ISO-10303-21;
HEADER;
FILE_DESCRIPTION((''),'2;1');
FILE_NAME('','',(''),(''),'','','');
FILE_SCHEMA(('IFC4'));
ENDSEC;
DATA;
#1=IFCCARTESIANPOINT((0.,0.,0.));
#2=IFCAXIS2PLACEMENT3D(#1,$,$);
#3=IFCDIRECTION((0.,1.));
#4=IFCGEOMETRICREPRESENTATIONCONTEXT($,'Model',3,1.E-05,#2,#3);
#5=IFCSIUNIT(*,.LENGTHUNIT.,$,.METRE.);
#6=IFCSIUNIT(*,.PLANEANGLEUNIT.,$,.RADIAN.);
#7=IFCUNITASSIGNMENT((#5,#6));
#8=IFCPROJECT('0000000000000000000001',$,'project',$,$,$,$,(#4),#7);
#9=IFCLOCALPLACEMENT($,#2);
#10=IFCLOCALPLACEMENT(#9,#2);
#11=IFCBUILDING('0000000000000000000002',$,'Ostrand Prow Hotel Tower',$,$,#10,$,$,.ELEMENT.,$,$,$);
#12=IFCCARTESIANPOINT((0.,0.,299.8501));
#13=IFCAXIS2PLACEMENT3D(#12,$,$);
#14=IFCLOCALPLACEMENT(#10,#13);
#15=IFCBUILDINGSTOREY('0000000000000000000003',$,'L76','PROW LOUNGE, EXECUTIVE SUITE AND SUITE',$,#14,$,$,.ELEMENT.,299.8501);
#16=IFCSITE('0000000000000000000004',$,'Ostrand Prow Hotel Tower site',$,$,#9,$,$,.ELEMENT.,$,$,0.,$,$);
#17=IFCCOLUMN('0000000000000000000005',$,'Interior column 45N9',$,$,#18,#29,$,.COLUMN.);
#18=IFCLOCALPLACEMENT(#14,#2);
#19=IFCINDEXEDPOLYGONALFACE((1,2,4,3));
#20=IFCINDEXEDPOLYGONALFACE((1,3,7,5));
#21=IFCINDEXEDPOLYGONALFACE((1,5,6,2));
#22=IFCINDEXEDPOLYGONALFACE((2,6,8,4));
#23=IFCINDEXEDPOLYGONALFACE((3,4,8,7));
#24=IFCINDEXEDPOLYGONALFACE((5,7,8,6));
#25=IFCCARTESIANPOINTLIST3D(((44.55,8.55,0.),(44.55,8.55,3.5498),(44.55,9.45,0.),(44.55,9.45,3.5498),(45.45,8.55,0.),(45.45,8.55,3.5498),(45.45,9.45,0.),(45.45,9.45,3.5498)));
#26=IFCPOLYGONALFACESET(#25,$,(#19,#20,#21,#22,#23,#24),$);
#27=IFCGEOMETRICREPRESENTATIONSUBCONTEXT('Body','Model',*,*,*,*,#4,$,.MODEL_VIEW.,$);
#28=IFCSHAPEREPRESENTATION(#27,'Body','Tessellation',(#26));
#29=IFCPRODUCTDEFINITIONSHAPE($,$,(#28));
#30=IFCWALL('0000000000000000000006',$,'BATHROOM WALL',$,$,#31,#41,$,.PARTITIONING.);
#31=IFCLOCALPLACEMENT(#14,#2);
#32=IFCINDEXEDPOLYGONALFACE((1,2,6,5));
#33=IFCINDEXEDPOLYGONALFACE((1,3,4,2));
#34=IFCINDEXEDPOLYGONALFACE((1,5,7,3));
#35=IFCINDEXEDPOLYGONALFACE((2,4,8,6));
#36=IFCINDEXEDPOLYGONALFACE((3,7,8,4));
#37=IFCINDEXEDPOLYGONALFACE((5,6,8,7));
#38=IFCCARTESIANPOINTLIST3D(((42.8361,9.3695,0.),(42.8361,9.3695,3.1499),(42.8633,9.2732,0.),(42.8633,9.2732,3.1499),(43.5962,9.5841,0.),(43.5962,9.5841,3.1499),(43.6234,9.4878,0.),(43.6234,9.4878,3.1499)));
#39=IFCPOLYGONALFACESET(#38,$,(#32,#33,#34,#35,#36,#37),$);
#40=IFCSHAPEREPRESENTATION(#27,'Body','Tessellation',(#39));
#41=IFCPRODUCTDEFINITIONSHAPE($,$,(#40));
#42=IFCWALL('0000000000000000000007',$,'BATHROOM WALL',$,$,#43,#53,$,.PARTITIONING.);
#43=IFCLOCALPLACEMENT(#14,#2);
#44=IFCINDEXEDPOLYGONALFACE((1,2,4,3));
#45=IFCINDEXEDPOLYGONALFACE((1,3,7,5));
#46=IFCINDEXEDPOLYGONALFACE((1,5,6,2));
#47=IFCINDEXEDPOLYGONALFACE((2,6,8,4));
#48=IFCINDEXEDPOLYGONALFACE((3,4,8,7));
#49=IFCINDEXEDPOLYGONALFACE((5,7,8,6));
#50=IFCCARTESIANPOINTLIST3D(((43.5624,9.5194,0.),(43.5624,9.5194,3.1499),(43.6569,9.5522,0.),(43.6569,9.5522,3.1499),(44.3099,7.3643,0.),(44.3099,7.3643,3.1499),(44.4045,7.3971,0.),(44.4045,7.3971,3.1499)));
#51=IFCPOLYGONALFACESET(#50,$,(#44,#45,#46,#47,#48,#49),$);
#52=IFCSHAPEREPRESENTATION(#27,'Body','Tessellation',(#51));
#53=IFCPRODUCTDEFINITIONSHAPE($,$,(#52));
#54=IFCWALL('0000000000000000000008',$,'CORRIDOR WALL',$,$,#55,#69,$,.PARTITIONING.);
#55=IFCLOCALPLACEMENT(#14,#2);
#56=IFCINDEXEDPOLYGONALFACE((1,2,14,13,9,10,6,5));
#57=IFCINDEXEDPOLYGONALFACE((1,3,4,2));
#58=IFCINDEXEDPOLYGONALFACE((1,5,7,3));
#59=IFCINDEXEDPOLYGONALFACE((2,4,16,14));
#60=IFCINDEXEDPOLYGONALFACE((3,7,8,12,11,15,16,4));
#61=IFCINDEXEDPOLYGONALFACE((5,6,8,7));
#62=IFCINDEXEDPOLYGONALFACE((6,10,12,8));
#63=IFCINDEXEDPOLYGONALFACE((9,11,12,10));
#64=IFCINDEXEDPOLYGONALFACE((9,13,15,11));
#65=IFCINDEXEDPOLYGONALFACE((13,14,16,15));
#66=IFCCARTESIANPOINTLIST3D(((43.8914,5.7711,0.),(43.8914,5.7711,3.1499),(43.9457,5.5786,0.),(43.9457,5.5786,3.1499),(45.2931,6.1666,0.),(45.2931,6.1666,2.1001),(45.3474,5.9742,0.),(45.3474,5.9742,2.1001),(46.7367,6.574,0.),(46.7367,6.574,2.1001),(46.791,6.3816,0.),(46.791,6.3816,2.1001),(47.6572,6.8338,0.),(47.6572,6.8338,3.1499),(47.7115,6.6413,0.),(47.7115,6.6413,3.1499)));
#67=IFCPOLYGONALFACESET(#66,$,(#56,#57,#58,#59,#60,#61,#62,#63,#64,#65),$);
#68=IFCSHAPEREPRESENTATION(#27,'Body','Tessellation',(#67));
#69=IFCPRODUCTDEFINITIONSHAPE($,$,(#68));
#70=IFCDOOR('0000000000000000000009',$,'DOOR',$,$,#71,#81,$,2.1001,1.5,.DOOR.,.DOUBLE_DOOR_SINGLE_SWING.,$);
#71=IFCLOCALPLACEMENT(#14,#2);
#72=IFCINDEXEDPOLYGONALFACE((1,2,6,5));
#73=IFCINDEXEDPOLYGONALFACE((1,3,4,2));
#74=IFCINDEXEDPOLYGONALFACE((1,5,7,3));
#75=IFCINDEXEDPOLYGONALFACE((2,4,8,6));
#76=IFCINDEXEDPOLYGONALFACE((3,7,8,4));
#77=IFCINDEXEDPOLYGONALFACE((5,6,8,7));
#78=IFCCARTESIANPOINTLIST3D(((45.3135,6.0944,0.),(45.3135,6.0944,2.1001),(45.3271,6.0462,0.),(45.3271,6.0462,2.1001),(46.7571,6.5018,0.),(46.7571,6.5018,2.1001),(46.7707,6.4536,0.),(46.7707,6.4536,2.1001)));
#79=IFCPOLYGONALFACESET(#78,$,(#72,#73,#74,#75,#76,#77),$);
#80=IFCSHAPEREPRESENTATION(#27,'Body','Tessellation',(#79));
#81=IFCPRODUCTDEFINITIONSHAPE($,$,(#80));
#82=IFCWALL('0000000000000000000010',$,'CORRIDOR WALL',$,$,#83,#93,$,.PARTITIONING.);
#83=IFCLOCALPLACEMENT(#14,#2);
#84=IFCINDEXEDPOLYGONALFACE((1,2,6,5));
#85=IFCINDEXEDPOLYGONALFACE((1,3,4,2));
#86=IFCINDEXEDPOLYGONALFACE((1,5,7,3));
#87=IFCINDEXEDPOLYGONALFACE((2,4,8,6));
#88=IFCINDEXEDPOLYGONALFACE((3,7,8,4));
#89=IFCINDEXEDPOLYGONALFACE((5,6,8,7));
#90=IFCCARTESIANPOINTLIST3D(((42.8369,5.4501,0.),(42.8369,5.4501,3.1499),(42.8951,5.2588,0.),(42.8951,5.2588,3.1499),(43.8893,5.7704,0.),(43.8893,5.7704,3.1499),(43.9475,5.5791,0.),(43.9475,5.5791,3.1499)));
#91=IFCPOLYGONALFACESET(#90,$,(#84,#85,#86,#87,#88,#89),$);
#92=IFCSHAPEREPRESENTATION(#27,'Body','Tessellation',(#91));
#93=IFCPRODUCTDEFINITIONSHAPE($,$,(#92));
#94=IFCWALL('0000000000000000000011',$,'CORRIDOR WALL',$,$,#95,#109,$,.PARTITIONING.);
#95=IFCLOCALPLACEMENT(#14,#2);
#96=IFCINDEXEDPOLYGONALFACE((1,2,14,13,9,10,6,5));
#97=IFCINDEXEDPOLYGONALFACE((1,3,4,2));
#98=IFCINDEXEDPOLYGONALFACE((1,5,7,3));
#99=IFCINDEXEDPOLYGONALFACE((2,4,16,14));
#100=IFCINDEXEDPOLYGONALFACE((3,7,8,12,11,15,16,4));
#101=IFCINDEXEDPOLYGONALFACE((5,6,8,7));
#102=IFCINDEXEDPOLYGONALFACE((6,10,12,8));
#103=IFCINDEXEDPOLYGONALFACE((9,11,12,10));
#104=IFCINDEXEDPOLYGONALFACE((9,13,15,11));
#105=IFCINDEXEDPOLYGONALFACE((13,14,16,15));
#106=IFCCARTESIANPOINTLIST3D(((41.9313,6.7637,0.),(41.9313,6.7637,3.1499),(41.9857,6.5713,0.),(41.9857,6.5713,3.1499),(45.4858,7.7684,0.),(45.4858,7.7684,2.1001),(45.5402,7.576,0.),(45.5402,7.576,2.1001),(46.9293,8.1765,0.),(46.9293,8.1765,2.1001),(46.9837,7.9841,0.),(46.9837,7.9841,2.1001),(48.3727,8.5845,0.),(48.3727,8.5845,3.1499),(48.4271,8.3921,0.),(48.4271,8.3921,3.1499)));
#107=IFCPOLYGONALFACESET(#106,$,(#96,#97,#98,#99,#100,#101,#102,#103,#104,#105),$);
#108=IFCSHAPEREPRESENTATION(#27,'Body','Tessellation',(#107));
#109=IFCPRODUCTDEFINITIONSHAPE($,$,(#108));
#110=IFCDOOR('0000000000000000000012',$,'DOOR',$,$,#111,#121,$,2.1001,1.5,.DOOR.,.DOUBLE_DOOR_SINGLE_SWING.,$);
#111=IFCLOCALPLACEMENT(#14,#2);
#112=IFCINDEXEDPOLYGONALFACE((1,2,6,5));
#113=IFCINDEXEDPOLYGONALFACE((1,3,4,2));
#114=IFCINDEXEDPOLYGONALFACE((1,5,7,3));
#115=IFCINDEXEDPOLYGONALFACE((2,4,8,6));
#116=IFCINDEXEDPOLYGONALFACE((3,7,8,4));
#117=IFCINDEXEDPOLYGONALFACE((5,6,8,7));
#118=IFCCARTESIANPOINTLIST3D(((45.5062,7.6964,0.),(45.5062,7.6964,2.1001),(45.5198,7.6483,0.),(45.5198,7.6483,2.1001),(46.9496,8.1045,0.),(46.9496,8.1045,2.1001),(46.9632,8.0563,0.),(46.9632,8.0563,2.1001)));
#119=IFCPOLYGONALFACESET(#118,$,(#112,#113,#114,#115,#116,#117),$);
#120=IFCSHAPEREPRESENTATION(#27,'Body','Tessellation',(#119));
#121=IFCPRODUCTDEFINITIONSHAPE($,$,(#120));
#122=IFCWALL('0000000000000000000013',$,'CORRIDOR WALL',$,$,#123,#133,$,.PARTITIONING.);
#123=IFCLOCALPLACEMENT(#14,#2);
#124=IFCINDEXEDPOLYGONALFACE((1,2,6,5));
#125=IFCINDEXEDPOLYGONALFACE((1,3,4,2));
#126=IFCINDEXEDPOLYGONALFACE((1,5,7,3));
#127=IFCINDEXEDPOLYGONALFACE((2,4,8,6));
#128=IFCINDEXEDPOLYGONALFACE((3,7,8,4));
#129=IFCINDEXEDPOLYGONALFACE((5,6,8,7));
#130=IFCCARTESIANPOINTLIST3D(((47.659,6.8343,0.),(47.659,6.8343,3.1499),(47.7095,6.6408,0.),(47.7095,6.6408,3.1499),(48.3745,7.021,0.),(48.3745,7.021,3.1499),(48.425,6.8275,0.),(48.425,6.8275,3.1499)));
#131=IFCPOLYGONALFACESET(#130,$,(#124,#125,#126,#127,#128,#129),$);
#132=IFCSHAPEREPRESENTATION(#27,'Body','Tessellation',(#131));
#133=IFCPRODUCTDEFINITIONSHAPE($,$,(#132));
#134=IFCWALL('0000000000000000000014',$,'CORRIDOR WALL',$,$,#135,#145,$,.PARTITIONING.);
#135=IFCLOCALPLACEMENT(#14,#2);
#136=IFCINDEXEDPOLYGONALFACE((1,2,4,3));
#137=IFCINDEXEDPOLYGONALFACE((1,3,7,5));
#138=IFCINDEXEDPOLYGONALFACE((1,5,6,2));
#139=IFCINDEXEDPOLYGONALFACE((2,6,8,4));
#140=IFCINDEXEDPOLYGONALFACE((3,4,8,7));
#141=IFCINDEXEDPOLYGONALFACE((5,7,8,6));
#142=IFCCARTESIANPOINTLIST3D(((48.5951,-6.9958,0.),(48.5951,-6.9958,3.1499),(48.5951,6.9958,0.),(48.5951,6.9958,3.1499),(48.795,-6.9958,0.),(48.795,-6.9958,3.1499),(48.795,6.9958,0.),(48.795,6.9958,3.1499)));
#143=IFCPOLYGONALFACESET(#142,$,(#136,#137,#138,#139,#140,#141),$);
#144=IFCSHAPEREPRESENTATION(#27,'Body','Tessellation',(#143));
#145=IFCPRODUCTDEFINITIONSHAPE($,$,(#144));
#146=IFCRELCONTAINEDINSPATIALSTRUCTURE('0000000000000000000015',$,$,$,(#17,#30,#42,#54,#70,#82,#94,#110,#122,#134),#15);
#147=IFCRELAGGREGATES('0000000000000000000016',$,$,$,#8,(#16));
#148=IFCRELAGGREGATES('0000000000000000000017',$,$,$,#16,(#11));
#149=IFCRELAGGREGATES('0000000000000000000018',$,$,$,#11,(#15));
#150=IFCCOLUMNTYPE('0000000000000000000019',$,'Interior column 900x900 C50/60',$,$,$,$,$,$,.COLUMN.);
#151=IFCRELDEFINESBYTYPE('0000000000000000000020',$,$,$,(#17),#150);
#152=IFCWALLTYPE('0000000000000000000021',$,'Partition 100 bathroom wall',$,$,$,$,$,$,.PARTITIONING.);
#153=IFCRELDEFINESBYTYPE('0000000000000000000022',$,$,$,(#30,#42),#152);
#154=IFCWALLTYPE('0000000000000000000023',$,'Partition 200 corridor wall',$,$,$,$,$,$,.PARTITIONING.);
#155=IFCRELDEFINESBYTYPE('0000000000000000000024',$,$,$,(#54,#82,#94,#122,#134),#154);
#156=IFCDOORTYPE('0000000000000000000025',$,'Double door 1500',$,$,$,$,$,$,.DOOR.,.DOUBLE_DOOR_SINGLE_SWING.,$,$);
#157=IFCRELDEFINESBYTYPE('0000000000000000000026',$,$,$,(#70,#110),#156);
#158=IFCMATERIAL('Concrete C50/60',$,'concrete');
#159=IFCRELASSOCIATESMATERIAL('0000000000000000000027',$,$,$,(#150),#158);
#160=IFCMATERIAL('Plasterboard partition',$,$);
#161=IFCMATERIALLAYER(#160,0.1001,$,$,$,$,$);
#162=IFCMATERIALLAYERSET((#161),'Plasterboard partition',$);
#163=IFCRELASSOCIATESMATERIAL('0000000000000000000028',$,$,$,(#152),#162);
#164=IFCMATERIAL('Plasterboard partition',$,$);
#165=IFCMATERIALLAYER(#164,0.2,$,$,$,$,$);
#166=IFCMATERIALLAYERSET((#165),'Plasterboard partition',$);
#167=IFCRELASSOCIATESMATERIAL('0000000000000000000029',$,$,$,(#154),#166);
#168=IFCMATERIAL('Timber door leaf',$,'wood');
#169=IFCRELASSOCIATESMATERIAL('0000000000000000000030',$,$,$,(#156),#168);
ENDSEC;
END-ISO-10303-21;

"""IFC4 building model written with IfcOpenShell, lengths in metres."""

from ifc_helpers import new_model, si_unit, direction, frame, frame_2d, origin, origin_2d, place, context, subcontext, project, spatial, rectangle, extrude, material, layer, layer_set, material_profile, profile_set, type_object, element, fill, save


model = new_model("IFC4")

# Units and contexts
model_context = context("Model", 3, precision=1e-05, world=origin(), true_north=direction((0.0, 1.0)))
body_context = subcontext(model_context, "Body", "Model", "MODEL_VIEW")
ifc_project = project(units=[si_unit("LENGTHUNIT", "METRE"), si_unit("PLANEANGLEUNIT", "RADIAN")], contexts=[model_context])

# Site, building, storey
site_placement = place(None, origin())
site = spatial("IfcSite", under=ifc_project, at=site_placement, Name="Ostrand Prow Hotel Tower site", CompositionType="ELEMENT", RefElevation=0.0)
building_placement = place(site_placement, origin())
building = spatial("IfcBuilding", under=site, at=building_placement, Name="Ostrand Prow Hotel Tower", CompositionType="ELEMENT")
storey_placement = place(building_placement, frame((0.0, 0.0, 299.8501)))
storey = spatial("IfcBuildingStorey", under=building, at=storey_placement, Name="L76", Description="PROW LOUNGE, EXECUTIVE SUITE AND SUITE", CompositionType="ELEMENT", Elevation=299.8501)

# Column
ifc_material_1 = material(Name="Concrete C50/60", Category="concrete")
ifc_material_profile = material_profile(ifc_material_1, rectangle(XDim=0.8999, YDim=0.8999, at=origin_2d()), Name="RC 900x900")
ifc_profile_set = profile_set([ifc_material_profile], Name="Concrete C50/60")
column_type = type_object("IfcColumnType", Name="Interior column 900x900 C50/60", PredefinedType="COLUMN", material=ifc_profile_set)
column_placement = place(storey_placement, frame((45.0, 9.0, 0.0), z_axis=(0.0, 0.0, 1.0), x_axis=(1.0, 0.0, 0.0)))
element("IfcColumn", 1, at=column_placement, inside=storey, type_object=column_type, Name="Interior column 45N9", PredefinedType="COLUMN", context=body_context, shape_type="SweptSolid", body=[
    extrude(rectangle(XDim=0.8999, YDim=0.8999, at=origin_2d()), origin(), (0.0, 0.0, 1.0), 3.5498),
])

# Walls
ifc_material_2 = material(Name="Plasterboard partition")
ifc_layer_1 = layer(ifc_material_2, 0.1001)
ifc_layer_set_1 = layer_set([ifc_layer_1], Name="Plasterboard partition")
wall_type_1 = type_object("IfcWallType", Name="Partition 100 bathroom wall", PredefinedType="PARTITIONING", material=ifc_layer_set_1)
wall_1_placement = place(storey_placement, frame((42.8496, 9.3213, 0.0), z_axis=(0.0, 0.0, 1.0), x_axis=(0.962371, 0.271739, 0.0)))
element("IfcWall", 2, at=wall_1_placement, inside=storey, type_object=wall_type_1, Name="BATHROOM WALL", PredefinedType="PARTITIONING", context=body_context, shape_type="SweptSolid", body=[
    extrude(rectangle(XDim=0.7898, YDim=0.1001, at=frame_2d((0.395, 0.0))), origin(), (0.0, 0.0, 1.0), 3.1499),
])
wall_2_placement = place(storey_placement, frame((43.6096, 9.5359, 0.0), z_axis=(0.0, 0.0, 1.0), x_axis=(0.327732, -0.944771, 0.0)))
element("IfcWall", 3, at=wall_2_placement, inside=storey, type_object=wall_type_1, Name="BATHROOM WALL", PredefinedType="PARTITIONING", context=body_context, shape_type="SweptSolid", body=[
    extrude(rectangle(XDim=2.281, YDim=0.1001, at=frame_2d((1.1406, 0.0))), origin(), (0.0, 0.0, 1.0), 3.1499),
])

# Wall, opening, door
ifc_material_3 = material(Name="Plasterboard partition")
ifc_layer_2 = layer(ifc_material_3, 0.2)
ifc_layer_set_2 = layer_set([ifc_layer_2], Name="Plasterboard partition")
wall_type_2 = type_object("IfcWallType", Name="Partition 200 corridor wall", PredefinedType="PARTITIONING", material=ifc_layer_set_2)
wall_3_placement = place(storey_placement, frame((43.9185, 5.6748, 0.0), z_axis=(0.0, 0.0, 1.0), x_axis=(0.962411, 0.271596, 0.0)))
wall_3 = element("IfcWall", 4, at=wall_3_placement, inside=storey, type_object=wall_type_2, Name="CORRIDOR WALL", PredefinedType="PARTITIONING", context=body_context, shape_type="SweptSolid", body=[
    extrude(rectangle(XDim=3.9128, YDim=0.2, at=frame_2d((1.9565, 0.0))), origin(), (0.0, 0.0, 1.0), 3.1499),
])
opening_1_placement = place(wall_3_placement, frame((1.4565, 0.0, 0.0)))
opening_1 = element("IfcOpeningElement", 5, at=opening_1_placement, cuts=wall_3, PredefinedType="OPENING", context=body_context, shape_type="SweptSolid", body=[
    extrude(rectangle(XDim=1.5, YDim=2.1001, at=frame_2d((0.75, 1.05))), frame((0.0, 0.1099, 0.0), z_axis=(0.0, -1.0, 0.0), x_axis=(1.0, 0.0, 0.0)), (0.0, 0.0, 1.0), 0.22),
])
ifc_material_4 = material(Name="Timber door leaf", Category="wood")
door_type = type_object("IfcDoorType", Name="Double door 1500", OperationType="DOUBLE_DOOR_SINGLE_SWING", PredefinedType="DOOR", material=ifc_material_4)
door_1_placement = place(opening_1_placement, origin())
door_1 = element("IfcDoor", 6, at=door_1_placement, inside=storey, type_object=door_type, Name="DOOR", OperationType="DOUBLE_DOOR_SINGLE_SWING", OverallHeight=2.1001, OverallWidth=1.5, PredefinedType="DOOR", context=body_context, shape_type="SweptSolid", body=[
    extrude(rectangle(XDim=1.5, YDim=2.1001, at=frame_2d((0.75, 1.05))), frame((0.0, 0.0249, 0.0), z_axis=(0.0, -1.0, 0.0), x_axis=(1.0, 0.0, 0.0)), (0.0, 0.0, 1.0), 0.05),
])
fill(opening_1, door_1)

# Wall
wall_4_placement = place(storey_placement, frame((42.866, 5.3545, 0.0), z_axis=(0.0, 0.0, 1.0), x_axis=(0.956677, 0.291153, 0.0)))
element("IfcWall", 7, at=wall_4_placement, inside=storey, type_object=wall_type_2, Name="CORRIDOR WALL", PredefinedType="PARTITIONING", context=body_context, shape_type="SweptSolid", body=[
    extrude(rectangle(XDim=1.1001, YDim=0.2, at=frame_2d((0.55, 0.0))), origin(), (0.0, 0.0, 1.0), 3.1499),
])

# Wall, opening, door
wall_5_placement = place(storey_placement, frame((48.3999, 8.4883, 0.0), z_axis=(0.0, 0.0, 1.0), x_axis=(-0.962294, -0.272013, 0.0)))
wall_5 = element("IfcWall", 8, at=wall_5_placement, inside=storey, type_object=wall_type_2, Name="CORRIDOR WALL", PredefinedType="PARTITIONING", context=body_context, shape_type="SweptSolid", body=[
    extrude(rectangle(XDim=6.6938, YDim=0.2, at=frame_2d((3.3469, 0.0))), origin(), (0.0, 0.0, 1.0), 3.1499),
])
opening_2_placement = place(wall_5_placement, frame((1.5, 0.0, 0.0)))
opening_2 = element("IfcOpeningElement", 9, at=opening_2_placement, cuts=wall_5, PredefinedType="OPENING", context=body_context, shape_type="SweptSolid", body=[
    extrude(rectangle(XDim=1.5, YDim=2.1001, at=frame_2d((0.75, 1.05))), frame((0.0, 0.1099, 0.0), z_axis=(0.0, -1.0, 0.0), x_axis=(1.0, 0.0, 0.0)), (0.0, 0.0, 1.0), 0.22),
])
door_2_placement = place(opening_2_placement, origin())
door_2 = element("IfcDoor", 10, at=door_2_placement, inside=storey, type_object=door_type, Name="DOOR", OperationType="DOUBLE_DOOR_SINGLE_SWING", OverallHeight=2.1001, OverallWidth=1.5, PredefinedType="DOOR", context=body_context, shape_type="SweptSolid", body=[
    extrude(rectangle(XDim=1.5, YDim=2.1001, at=frame_2d((0.75, 1.05))), frame((0.0, 0.0249, 0.0), z_axis=(0.0, -1.0, 0.0), x_axis=(1.0, 0.0, 0.0)), (0.0, 0.0, 1.0), 0.05),
])
fill(opening_2, door_2)

# Walls
wall_6_placement = place(storey_placement, frame((47.6843, 6.7375, 0.0), z_axis=(0.0, 0.0, 1.0), x_axis=(0.967586, 0.252543, 0.0)))
element("IfcWall", 11, at=wall_6_placement, inside=storey, type_object=wall_type_2, Name="CORRIDOR WALL", PredefinedType="PARTITIONING", context=body_context, shape_type="SweptSolid", body=[
    extrude(rectangle(XDim=0.7395, YDim=0.2, at=frame_2d((0.3696, 0.0))), origin(), (0.0, 0.0, 1.0), 3.1499),
])
wall_7_placement = place(storey_placement, frame((48.6951, 6.9958, 0.0), z_axis=(0.0, 0.0, 1.0), x_axis=(0.0, -1.0, 0.0)))
element("IfcWall", 12, at=wall_7_placement, inside=storey, type_object=wall_type_2, Name="CORRIDOR WALL", PredefinedType="PARTITIONING", context=body_context, shape_type="SweptSolid", body=[
    extrude(rectangle(XDim=13.9917, YDim=0.2, at=frame_2d((6.9958, 0.0))), origin(), (0.0, 0.0, 1.0), 3.1499),
])

save(model, "model.ifc")
